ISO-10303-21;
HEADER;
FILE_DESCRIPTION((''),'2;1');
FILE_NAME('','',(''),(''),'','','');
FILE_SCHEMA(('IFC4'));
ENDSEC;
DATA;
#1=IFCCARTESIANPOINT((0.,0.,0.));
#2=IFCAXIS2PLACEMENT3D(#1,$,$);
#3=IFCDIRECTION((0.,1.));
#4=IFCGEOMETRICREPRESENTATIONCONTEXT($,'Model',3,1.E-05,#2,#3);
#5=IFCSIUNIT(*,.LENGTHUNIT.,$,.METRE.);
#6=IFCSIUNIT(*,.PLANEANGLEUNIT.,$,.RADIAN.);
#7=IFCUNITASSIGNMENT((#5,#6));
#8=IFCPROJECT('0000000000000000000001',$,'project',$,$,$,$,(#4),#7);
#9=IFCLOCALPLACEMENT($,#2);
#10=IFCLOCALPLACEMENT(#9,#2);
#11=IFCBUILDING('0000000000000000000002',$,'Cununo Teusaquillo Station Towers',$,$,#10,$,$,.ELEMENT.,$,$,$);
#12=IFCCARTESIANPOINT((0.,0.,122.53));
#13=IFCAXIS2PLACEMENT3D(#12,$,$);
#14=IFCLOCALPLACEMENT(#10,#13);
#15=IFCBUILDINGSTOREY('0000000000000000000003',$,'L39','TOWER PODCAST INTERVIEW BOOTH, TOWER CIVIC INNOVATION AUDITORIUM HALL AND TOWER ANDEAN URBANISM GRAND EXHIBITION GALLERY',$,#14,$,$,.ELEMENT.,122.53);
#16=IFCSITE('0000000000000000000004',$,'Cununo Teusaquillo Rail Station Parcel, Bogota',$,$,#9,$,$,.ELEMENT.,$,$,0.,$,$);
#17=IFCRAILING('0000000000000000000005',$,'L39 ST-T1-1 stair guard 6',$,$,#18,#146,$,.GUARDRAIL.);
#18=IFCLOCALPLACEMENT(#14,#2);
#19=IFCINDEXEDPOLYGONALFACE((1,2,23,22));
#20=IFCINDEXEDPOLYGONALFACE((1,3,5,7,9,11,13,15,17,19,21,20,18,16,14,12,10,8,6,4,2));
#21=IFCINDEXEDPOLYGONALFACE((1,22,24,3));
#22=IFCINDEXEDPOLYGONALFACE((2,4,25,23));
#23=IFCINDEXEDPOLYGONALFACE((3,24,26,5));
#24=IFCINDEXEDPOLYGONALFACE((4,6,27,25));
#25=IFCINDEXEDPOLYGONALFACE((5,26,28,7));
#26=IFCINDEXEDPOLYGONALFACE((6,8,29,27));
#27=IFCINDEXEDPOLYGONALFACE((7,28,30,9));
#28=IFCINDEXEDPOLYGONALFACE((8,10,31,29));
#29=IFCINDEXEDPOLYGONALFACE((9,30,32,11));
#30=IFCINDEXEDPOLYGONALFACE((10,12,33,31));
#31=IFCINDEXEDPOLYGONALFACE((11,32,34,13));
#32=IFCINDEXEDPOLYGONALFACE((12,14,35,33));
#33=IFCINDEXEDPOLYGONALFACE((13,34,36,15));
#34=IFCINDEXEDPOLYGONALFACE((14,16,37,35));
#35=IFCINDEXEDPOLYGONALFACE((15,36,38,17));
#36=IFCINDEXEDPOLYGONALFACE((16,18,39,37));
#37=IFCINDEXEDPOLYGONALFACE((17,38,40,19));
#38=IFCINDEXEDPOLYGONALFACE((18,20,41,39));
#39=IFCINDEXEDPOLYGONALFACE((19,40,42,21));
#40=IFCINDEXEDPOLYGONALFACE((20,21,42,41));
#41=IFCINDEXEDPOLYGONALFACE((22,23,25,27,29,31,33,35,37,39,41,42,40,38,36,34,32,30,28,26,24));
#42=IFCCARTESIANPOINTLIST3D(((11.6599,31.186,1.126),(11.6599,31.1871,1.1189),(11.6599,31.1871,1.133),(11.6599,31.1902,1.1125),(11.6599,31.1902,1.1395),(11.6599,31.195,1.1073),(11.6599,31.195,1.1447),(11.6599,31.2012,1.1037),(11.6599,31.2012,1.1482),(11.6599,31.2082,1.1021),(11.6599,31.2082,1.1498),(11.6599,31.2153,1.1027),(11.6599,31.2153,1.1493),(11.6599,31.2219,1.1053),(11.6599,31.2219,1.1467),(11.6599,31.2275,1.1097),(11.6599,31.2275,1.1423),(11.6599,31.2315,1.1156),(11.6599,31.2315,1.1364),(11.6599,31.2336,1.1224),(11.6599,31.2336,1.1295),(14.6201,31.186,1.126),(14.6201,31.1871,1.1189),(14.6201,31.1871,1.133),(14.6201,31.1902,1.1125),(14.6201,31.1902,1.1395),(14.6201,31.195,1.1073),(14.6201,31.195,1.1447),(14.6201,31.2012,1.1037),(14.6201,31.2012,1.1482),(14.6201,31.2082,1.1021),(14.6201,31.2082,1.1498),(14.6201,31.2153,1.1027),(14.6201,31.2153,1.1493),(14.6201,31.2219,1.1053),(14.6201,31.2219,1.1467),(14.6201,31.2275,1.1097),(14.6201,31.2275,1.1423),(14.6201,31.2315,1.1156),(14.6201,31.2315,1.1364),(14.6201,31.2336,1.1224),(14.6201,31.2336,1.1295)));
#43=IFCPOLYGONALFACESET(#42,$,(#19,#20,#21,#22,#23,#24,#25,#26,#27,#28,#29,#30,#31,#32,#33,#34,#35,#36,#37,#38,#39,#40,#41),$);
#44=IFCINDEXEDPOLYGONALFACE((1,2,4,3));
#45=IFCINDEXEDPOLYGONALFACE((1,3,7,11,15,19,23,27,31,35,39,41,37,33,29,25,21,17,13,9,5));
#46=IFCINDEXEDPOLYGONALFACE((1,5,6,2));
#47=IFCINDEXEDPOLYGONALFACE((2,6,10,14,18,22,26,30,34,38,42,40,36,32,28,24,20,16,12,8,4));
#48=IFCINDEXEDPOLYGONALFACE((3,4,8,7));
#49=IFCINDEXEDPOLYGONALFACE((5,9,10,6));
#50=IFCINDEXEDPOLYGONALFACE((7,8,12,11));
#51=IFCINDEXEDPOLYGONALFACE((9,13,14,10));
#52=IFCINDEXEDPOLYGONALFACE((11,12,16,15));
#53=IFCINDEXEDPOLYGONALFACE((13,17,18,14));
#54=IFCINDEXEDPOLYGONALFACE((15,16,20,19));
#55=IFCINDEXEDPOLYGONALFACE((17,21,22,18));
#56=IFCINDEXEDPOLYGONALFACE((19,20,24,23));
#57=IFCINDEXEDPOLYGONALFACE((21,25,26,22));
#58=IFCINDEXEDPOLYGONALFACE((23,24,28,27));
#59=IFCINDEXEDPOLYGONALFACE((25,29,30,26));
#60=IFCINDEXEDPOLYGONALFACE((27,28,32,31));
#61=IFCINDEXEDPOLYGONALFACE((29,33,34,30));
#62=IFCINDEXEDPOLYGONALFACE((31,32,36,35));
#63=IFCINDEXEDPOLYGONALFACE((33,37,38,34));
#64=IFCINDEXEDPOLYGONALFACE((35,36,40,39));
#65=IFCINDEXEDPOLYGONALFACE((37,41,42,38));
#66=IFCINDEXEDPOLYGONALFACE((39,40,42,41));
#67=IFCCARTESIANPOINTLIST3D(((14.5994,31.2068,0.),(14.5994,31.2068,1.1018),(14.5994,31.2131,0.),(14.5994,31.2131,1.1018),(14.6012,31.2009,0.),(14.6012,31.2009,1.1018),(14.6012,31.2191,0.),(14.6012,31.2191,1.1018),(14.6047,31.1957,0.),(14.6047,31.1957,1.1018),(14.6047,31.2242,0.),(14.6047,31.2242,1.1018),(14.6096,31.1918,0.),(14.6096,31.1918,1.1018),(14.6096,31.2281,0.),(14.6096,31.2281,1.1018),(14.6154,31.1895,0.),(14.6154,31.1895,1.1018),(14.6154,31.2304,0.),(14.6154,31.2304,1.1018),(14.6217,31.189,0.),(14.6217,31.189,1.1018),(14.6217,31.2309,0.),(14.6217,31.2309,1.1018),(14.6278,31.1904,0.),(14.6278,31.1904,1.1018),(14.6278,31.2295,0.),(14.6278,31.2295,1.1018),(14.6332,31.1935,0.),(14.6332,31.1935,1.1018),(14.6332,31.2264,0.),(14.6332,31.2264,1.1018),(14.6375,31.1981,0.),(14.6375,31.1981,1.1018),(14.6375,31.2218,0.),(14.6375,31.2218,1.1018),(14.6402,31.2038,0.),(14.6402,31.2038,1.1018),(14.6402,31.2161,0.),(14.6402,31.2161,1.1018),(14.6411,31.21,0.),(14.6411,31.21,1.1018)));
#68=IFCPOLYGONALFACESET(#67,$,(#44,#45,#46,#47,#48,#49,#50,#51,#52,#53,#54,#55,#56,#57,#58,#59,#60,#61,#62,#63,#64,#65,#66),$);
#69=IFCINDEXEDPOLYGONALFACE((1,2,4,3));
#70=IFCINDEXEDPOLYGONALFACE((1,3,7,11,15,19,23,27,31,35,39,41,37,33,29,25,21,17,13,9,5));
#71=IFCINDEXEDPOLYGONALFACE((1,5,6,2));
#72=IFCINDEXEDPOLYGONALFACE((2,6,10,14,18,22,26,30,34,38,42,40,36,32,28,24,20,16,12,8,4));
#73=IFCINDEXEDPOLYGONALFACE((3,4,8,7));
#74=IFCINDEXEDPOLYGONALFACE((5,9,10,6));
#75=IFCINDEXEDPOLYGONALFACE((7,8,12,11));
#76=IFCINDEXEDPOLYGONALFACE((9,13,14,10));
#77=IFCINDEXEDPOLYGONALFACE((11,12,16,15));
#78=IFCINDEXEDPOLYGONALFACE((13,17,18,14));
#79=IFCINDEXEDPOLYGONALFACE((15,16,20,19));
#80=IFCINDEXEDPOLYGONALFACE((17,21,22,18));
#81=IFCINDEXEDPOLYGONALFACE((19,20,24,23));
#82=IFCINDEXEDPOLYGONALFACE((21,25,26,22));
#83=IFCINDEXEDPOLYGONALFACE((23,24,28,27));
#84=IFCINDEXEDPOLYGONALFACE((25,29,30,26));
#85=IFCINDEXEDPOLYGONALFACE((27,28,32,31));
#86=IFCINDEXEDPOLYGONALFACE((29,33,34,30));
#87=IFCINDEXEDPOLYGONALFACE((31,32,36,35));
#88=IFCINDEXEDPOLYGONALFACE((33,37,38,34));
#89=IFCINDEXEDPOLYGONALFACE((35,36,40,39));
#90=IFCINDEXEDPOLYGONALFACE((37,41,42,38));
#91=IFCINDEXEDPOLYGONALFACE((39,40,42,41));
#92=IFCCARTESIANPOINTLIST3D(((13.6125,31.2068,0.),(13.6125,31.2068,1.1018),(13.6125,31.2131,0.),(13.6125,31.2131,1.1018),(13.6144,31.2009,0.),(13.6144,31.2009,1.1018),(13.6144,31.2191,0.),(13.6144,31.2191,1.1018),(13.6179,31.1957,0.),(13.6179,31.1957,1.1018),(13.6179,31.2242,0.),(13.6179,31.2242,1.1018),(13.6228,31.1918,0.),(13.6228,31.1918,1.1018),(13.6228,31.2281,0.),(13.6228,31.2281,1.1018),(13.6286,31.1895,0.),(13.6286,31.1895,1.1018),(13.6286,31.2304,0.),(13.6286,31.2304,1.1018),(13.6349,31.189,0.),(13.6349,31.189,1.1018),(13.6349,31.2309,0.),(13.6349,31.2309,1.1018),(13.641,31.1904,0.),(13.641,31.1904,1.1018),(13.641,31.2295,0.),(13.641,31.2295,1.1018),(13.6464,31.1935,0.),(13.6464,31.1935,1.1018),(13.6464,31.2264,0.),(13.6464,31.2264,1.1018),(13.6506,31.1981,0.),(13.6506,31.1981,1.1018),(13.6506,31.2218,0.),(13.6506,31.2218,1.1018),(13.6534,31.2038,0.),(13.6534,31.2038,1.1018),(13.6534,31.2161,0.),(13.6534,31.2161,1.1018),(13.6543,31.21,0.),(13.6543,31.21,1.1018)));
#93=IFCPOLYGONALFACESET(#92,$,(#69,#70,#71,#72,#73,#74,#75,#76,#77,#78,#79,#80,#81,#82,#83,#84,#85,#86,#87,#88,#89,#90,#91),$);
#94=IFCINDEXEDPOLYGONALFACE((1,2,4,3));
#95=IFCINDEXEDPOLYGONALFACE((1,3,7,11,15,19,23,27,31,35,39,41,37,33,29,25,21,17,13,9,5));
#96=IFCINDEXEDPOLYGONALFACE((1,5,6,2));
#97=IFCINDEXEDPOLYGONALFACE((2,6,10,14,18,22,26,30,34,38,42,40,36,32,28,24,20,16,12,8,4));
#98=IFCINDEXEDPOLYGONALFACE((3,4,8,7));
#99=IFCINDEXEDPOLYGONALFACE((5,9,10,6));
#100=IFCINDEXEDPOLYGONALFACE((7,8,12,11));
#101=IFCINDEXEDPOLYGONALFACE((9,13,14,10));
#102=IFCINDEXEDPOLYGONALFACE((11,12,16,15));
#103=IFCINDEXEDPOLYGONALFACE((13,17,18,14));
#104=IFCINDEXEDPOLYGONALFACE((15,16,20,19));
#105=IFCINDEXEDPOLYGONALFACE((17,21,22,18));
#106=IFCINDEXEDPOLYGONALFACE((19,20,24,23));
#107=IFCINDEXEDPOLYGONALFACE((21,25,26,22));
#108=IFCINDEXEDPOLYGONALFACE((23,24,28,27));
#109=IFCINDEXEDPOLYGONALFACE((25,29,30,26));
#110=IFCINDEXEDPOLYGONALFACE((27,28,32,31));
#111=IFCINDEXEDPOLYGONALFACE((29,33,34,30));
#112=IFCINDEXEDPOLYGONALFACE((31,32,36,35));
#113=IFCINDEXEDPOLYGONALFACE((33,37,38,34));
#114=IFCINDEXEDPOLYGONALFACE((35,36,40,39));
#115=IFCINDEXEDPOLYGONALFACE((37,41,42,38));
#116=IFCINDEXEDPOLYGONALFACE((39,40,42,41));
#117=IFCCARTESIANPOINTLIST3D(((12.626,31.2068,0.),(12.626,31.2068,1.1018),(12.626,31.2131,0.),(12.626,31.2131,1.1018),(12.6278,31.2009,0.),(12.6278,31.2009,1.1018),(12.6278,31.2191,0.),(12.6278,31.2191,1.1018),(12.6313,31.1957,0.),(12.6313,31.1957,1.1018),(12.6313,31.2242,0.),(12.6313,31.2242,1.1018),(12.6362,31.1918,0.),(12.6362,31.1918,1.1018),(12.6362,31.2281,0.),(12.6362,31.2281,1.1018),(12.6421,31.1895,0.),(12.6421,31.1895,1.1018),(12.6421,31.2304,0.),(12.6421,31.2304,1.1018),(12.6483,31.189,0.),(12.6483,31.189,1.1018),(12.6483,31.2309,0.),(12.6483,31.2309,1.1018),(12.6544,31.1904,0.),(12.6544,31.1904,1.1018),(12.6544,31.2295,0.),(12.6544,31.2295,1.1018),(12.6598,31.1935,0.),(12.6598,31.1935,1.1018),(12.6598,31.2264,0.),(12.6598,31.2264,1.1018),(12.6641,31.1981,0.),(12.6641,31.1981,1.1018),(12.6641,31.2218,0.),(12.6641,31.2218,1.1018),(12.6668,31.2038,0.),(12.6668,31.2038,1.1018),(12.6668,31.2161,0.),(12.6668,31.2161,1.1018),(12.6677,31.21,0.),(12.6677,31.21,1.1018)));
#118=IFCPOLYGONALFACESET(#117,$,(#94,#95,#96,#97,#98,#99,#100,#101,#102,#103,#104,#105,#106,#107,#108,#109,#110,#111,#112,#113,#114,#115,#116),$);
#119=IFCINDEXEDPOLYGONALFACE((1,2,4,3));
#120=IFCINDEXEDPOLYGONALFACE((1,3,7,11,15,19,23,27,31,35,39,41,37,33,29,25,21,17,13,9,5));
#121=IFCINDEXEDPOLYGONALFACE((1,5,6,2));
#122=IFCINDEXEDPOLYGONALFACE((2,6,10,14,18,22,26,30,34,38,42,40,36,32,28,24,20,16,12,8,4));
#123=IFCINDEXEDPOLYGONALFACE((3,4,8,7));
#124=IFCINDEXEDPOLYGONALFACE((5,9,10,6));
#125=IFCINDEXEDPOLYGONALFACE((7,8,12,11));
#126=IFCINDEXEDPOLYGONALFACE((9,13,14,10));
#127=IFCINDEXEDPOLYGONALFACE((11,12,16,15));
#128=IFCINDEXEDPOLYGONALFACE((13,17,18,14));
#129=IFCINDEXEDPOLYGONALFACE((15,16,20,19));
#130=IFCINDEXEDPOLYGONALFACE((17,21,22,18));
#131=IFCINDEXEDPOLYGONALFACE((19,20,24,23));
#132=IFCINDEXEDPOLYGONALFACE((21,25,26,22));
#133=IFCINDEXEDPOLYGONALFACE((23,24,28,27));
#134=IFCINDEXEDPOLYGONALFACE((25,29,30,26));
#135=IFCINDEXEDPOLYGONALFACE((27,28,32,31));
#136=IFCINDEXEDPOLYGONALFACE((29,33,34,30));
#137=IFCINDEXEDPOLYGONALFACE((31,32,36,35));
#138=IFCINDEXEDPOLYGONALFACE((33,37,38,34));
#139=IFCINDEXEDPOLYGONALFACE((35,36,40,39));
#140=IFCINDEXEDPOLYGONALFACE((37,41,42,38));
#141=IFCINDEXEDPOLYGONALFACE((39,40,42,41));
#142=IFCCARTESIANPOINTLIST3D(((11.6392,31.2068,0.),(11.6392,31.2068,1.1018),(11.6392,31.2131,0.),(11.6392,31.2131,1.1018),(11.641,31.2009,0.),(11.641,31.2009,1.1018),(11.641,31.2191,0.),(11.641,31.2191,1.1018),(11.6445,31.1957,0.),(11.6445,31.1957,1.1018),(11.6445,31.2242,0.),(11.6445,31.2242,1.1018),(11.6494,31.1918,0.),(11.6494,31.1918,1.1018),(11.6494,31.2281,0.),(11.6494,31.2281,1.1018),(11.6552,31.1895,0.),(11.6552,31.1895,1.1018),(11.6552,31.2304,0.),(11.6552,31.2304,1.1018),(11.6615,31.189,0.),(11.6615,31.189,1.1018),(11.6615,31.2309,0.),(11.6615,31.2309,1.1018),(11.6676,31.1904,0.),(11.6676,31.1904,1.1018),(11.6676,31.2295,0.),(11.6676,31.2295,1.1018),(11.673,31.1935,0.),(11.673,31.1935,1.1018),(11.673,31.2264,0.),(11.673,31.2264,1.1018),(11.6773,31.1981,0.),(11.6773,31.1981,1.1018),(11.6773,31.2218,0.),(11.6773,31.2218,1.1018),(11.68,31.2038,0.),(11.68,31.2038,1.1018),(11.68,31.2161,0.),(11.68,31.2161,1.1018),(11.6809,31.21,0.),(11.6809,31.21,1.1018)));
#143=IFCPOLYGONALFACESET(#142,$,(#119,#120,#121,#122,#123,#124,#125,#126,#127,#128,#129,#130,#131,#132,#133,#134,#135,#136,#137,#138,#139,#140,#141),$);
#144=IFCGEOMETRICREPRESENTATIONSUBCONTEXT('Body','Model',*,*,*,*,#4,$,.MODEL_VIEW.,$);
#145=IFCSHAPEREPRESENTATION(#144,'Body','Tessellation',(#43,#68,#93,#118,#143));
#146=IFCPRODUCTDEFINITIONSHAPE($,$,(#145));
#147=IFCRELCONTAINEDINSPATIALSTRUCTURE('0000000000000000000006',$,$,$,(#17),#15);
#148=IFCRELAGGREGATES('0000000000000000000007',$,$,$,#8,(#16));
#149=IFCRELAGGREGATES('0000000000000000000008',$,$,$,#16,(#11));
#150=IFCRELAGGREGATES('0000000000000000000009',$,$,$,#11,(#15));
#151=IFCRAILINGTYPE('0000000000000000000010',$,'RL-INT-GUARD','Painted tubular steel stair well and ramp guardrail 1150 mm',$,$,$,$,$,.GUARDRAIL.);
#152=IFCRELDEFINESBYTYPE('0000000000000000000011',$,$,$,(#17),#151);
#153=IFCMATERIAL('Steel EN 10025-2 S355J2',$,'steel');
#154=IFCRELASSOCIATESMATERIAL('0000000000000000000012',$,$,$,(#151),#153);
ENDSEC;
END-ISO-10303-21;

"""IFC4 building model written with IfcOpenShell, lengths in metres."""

from ifc_helpers import new_model, si_unit, direction, frame, origin, origin_2d, place, context, subcontext, project, spatial, circle, extrude, material, type_object, element, save


model = new_model("IFC4")

# Units and contexts
model_context = context("Model", 3, precision=1e-05, world=origin(), true_north=direction((0.0, 1.0)))
body_context = subcontext(model_context, "Body", "Model", "MODEL_VIEW")
ifc_project = project(units=[si_unit("LENGTHUNIT", "METRE"), si_unit("PLANEANGLEUNIT", "RADIAN")], contexts=[model_context])

# Site, building, storey
site_placement = place(None, origin())
site = spatial("IfcSite", under=ifc_project, at=site_placement, Name="Cununo Teusaquillo Rail Station Parcel, Bogota", CompositionType="ELEMENT", RefElevation=0.0)
building_placement = place(site_placement, origin())
building = spatial("IfcBuilding", under=site, at=building_placement, Name="Cununo Teusaquillo Station Towers", CompositionType="ELEMENT")
storey_placement = place(building_placement, frame((0.0, 0.0, 122.53)))
storey = spatial("IfcBuildingStorey", under=building, at=storey_placement, Name="L39", Description="TOWER PODCAST INTERVIEW BOOTH, TOWER CIVIC INNOVATION AUDITORIUM HALL AND TOWER ANDEAN URBANISM GRAND EXHIBITION GALLERY", CompositionType="ELEMENT", Elevation=122.53)

# Railing
ifc_material_1 = material(Name="Steel EN 10025-2 S355J2", Category="steel")
railing_type_1 = type_object("IfcRailingType", Name="RL-INT-GUARD", Description="Painted tubular steel stair well and ramp guardrail 1150 mm", PredefinedType="GUARDRAIL", material=ifc_material_1)
railing_1_placement = place(storey_placement, frame((14.6201, 31.21, 0.0)))
element("IfcRailing", 1, at=railing_1_placement, inside=storey, type_object=railing_type_1, Name="L39 ST-T1-1 stair guard 6", PredefinedType="GUARDRAIL", context=body_context, shape_type="SweptSolid", body=[
    extrude(circle(Radius=0.0239, at=origin_2d()), frame((0.0, 0.0, 1.126), z_axis=(-1.0, 0.0, 0.0), x_axis=(0.0, -1.0, 0.0)), (0.0, 0.0, 1.0), 2.9602),
    extrude(circle(Radius=0.021, at=origin_2d()), origin(), (0.0, 0.0, 1.0), 1.1018),
    extrude(circle(Radius=0.021, at=origin_2d()), frame((-0.9868, 0.0, 0.0)), (0.0, 0.0, 1.0), 1.1018),
    extrude(circle(Radius=0.021, at=origin_2d()), frame((-1.9734, 0.0, 0.0)), (0.0, 0.0, 1.0), 1.1018),
    extrude(circle(Radius=0.021, at=origin_2d()), frame((-2.9602, 0.0, 0.0)), (0.0, 0.0, 1.0), 1.1018),
])

save(model, "model.ifc")
